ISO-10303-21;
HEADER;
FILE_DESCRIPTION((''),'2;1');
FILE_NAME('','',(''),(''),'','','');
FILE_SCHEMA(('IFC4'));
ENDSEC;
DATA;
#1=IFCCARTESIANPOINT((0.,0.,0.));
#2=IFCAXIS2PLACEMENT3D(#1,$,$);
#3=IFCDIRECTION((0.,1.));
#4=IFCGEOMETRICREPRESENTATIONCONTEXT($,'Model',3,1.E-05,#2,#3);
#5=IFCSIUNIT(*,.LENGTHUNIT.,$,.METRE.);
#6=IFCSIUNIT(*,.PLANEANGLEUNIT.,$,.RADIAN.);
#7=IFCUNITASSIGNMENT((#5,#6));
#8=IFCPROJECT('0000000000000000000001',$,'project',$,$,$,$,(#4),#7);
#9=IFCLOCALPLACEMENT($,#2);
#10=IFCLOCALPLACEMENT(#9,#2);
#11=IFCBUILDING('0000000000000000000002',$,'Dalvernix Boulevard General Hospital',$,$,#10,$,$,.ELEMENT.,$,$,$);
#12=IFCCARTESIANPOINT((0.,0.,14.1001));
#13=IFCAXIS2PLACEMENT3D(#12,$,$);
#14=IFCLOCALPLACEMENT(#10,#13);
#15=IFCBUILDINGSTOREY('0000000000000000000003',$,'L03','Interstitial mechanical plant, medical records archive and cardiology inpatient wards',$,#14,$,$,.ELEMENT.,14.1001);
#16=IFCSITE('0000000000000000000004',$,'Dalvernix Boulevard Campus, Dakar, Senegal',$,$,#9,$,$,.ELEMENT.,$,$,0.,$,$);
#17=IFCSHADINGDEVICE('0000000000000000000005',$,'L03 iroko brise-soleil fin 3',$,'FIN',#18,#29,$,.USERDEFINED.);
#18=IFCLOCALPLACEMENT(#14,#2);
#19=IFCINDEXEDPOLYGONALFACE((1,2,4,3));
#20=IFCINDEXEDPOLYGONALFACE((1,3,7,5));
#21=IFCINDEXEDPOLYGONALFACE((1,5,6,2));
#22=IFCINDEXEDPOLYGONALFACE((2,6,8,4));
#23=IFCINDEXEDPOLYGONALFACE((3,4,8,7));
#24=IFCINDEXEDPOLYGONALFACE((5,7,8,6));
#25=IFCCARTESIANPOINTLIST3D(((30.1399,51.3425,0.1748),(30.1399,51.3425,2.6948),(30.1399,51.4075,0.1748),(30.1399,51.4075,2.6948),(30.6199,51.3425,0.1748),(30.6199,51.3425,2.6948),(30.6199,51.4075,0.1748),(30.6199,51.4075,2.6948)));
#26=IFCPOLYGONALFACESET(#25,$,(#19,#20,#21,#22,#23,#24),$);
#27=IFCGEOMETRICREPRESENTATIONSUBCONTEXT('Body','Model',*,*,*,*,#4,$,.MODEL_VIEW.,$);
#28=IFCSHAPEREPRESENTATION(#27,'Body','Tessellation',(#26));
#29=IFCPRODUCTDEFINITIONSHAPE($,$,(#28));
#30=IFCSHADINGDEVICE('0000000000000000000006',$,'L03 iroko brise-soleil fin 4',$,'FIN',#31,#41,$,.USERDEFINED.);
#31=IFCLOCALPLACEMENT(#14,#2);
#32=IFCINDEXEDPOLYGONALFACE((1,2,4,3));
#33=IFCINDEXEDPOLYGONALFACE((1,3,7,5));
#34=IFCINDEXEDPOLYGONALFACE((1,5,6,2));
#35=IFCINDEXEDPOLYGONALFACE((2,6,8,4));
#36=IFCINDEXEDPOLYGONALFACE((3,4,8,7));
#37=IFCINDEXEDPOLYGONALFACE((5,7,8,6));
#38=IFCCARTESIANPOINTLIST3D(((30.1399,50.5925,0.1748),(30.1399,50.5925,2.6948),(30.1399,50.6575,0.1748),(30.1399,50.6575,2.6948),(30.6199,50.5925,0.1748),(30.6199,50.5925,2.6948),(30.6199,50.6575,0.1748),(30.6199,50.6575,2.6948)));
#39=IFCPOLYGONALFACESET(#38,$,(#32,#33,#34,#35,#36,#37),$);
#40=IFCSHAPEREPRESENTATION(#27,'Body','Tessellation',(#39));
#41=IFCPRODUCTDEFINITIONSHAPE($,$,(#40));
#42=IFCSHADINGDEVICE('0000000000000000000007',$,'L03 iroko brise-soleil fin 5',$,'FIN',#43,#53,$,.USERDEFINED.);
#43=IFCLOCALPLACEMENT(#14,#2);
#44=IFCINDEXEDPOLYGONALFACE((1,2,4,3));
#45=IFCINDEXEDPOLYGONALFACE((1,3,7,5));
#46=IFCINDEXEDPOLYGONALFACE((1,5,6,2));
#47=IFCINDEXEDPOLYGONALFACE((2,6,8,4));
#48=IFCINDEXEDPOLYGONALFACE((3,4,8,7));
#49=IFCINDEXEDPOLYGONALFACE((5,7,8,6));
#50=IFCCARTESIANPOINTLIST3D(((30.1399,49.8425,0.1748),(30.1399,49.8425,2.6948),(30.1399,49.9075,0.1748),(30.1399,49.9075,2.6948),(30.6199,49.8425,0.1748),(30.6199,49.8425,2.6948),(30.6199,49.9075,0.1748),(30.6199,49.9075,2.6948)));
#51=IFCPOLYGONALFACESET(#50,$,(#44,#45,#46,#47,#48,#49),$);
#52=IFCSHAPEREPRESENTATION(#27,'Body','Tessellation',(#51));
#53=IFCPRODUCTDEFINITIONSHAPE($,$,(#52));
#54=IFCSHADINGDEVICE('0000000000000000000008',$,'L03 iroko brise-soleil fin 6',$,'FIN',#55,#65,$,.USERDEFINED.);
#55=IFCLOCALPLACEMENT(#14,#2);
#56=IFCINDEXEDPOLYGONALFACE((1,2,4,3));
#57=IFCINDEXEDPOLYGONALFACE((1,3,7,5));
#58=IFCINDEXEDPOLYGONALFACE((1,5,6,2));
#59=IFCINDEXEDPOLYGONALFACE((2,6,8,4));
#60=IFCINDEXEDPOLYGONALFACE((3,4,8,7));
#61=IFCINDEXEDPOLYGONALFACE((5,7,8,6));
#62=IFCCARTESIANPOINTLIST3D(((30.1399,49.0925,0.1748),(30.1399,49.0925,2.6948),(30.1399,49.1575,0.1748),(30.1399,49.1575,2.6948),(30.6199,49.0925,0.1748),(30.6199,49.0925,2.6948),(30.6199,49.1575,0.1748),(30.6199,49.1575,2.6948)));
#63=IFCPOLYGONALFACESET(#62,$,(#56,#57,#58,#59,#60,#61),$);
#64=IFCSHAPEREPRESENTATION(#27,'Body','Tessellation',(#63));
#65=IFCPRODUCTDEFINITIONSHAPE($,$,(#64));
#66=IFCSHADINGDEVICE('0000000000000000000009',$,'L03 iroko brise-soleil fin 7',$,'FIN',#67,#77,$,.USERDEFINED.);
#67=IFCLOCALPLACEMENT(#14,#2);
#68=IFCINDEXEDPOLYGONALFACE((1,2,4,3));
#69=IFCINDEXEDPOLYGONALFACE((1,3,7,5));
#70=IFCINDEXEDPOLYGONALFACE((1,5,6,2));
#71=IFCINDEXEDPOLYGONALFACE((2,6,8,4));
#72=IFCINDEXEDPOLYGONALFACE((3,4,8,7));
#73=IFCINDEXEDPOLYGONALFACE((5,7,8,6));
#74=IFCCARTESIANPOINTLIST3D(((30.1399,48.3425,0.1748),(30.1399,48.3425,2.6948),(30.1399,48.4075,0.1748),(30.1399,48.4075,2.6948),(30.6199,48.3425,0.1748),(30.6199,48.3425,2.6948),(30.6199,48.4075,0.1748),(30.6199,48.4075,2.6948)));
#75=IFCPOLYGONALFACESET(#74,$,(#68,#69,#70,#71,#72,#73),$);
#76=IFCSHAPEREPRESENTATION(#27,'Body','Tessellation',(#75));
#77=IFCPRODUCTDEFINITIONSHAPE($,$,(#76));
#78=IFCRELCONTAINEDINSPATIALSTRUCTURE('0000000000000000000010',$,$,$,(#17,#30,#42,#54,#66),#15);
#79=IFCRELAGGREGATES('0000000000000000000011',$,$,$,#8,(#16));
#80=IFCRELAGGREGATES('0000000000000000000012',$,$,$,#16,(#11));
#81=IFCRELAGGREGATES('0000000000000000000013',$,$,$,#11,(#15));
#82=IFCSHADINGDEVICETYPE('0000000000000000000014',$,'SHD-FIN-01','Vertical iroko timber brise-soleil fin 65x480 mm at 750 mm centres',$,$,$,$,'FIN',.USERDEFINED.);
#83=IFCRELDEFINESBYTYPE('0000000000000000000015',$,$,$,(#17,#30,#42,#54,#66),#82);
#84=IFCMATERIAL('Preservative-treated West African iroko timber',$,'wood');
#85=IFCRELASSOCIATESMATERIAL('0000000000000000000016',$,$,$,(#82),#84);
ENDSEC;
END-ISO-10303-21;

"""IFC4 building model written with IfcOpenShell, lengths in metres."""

from ifc_helpers import new_model, si_unit, direction, frame, origin, origin_2d, place, context, subcontext, project, spatial, rectangle, extrude, material, type_object, element, save


model = new_model("IFC4")

# Units and contexts
model_context = context("Model", 3, precision=1e-05, world=origin(), true_north=direction((0.0, 1.0)))
body_context = subcontext(model_context, "Body", "Model", "MODEL_VIEW")
ifc_project = project(units=[si_unit("LENGTHUNIT", "METRE"), si_unit("PLANEANGLEUNIT", "RADIAN")], contexts=[model_context])

# Site, building, storey
site_placement = place(None, origin())
site = spatial("IfcSite", under=ifc_project, at=site_placement, Name="Dalvernix Boulevard Campus, Dakar, Senegal", CompositionType="ELEMENT", RefElevation=0.0)
building_placement = place(site_placement, origin())
building = spatial("IfcBuilding", under=site, at=building_placement, Name="Dalvernix Boulevard General Hospital", CompositionType="ELEMENT")
storey_placement = place(building_placement, frame((0.0, 0.0, 14.1001)))
storey = spatial("IfcBuildingStorey", under=building, at=storey_placement, Name="L03", Description="Interstitial mechanical plant, medical records archive and cardiology inpatient wards", CompositionType="ELEMENT", Elevation=14.1001)

# Shading devices
ifc_material_1 = material(Name="Preservative-treated West African iroko timber", Category="wood")
shading_device_type = type_object("IfcShadingDeviceType", Name="SHD-FIN-01", Description="Vertical iroko timber brise-soleil fin 65x480 mm at 750 mm centres", ElementType="FIN", PredefinedType="USERDEFINED", material=ifc_material_1)
for number, where, z_axis, x_axis, name in (
    (1, (30.3799, 51.375, 0.1748), (0.0, 0.0, 1.0), (0.0, -1.0, 0.0), "L03 iroko brise-soleil fin 3"),
    (2, (30.3799, 50.625, 0.1748), (0.0, 0.0, 1.0), (0.0, -1.0, 0.0), "L03 iroko brise-soleil fin 4"),
    (3, (30.3799, 49.875, 0.1748), (0.0, 0.0, 1.0), (0.0, -1.0, 0.0), "L03 iroko brise-soleil fin 5"),
    (4, (30.3799, 49.125, 0.1748), (0.0, 0.0, 1.0), (0.0, -1.0, 0.0), "L03 iroko brise-soleil fin 6"),
    (5, (30.3799, 48.375, 0.1748), (0.0, 0.0, 1.0), (0.0, -1.0, 0.0), "L03 iroko brise-soleil fin 7"),
):
    element("IfcShadingDevice", number, at=place(storey_placement, frame(where, z_axis=z_axis, x_axis=x_axis)), inside=storey, type_object=shading_device_type, Name=name, ObjectType="FIN", PredefinedType="USERDEFINED", context=body_context, shape_type="SweptSolid", body=[
        extrude(rectangle(XDim=0.0649, YDim=0.48, at=origin_2d()), origin(), (0.0, 0.0, 1.0), 2.52),
    ])

save(model, "model.ifc")
